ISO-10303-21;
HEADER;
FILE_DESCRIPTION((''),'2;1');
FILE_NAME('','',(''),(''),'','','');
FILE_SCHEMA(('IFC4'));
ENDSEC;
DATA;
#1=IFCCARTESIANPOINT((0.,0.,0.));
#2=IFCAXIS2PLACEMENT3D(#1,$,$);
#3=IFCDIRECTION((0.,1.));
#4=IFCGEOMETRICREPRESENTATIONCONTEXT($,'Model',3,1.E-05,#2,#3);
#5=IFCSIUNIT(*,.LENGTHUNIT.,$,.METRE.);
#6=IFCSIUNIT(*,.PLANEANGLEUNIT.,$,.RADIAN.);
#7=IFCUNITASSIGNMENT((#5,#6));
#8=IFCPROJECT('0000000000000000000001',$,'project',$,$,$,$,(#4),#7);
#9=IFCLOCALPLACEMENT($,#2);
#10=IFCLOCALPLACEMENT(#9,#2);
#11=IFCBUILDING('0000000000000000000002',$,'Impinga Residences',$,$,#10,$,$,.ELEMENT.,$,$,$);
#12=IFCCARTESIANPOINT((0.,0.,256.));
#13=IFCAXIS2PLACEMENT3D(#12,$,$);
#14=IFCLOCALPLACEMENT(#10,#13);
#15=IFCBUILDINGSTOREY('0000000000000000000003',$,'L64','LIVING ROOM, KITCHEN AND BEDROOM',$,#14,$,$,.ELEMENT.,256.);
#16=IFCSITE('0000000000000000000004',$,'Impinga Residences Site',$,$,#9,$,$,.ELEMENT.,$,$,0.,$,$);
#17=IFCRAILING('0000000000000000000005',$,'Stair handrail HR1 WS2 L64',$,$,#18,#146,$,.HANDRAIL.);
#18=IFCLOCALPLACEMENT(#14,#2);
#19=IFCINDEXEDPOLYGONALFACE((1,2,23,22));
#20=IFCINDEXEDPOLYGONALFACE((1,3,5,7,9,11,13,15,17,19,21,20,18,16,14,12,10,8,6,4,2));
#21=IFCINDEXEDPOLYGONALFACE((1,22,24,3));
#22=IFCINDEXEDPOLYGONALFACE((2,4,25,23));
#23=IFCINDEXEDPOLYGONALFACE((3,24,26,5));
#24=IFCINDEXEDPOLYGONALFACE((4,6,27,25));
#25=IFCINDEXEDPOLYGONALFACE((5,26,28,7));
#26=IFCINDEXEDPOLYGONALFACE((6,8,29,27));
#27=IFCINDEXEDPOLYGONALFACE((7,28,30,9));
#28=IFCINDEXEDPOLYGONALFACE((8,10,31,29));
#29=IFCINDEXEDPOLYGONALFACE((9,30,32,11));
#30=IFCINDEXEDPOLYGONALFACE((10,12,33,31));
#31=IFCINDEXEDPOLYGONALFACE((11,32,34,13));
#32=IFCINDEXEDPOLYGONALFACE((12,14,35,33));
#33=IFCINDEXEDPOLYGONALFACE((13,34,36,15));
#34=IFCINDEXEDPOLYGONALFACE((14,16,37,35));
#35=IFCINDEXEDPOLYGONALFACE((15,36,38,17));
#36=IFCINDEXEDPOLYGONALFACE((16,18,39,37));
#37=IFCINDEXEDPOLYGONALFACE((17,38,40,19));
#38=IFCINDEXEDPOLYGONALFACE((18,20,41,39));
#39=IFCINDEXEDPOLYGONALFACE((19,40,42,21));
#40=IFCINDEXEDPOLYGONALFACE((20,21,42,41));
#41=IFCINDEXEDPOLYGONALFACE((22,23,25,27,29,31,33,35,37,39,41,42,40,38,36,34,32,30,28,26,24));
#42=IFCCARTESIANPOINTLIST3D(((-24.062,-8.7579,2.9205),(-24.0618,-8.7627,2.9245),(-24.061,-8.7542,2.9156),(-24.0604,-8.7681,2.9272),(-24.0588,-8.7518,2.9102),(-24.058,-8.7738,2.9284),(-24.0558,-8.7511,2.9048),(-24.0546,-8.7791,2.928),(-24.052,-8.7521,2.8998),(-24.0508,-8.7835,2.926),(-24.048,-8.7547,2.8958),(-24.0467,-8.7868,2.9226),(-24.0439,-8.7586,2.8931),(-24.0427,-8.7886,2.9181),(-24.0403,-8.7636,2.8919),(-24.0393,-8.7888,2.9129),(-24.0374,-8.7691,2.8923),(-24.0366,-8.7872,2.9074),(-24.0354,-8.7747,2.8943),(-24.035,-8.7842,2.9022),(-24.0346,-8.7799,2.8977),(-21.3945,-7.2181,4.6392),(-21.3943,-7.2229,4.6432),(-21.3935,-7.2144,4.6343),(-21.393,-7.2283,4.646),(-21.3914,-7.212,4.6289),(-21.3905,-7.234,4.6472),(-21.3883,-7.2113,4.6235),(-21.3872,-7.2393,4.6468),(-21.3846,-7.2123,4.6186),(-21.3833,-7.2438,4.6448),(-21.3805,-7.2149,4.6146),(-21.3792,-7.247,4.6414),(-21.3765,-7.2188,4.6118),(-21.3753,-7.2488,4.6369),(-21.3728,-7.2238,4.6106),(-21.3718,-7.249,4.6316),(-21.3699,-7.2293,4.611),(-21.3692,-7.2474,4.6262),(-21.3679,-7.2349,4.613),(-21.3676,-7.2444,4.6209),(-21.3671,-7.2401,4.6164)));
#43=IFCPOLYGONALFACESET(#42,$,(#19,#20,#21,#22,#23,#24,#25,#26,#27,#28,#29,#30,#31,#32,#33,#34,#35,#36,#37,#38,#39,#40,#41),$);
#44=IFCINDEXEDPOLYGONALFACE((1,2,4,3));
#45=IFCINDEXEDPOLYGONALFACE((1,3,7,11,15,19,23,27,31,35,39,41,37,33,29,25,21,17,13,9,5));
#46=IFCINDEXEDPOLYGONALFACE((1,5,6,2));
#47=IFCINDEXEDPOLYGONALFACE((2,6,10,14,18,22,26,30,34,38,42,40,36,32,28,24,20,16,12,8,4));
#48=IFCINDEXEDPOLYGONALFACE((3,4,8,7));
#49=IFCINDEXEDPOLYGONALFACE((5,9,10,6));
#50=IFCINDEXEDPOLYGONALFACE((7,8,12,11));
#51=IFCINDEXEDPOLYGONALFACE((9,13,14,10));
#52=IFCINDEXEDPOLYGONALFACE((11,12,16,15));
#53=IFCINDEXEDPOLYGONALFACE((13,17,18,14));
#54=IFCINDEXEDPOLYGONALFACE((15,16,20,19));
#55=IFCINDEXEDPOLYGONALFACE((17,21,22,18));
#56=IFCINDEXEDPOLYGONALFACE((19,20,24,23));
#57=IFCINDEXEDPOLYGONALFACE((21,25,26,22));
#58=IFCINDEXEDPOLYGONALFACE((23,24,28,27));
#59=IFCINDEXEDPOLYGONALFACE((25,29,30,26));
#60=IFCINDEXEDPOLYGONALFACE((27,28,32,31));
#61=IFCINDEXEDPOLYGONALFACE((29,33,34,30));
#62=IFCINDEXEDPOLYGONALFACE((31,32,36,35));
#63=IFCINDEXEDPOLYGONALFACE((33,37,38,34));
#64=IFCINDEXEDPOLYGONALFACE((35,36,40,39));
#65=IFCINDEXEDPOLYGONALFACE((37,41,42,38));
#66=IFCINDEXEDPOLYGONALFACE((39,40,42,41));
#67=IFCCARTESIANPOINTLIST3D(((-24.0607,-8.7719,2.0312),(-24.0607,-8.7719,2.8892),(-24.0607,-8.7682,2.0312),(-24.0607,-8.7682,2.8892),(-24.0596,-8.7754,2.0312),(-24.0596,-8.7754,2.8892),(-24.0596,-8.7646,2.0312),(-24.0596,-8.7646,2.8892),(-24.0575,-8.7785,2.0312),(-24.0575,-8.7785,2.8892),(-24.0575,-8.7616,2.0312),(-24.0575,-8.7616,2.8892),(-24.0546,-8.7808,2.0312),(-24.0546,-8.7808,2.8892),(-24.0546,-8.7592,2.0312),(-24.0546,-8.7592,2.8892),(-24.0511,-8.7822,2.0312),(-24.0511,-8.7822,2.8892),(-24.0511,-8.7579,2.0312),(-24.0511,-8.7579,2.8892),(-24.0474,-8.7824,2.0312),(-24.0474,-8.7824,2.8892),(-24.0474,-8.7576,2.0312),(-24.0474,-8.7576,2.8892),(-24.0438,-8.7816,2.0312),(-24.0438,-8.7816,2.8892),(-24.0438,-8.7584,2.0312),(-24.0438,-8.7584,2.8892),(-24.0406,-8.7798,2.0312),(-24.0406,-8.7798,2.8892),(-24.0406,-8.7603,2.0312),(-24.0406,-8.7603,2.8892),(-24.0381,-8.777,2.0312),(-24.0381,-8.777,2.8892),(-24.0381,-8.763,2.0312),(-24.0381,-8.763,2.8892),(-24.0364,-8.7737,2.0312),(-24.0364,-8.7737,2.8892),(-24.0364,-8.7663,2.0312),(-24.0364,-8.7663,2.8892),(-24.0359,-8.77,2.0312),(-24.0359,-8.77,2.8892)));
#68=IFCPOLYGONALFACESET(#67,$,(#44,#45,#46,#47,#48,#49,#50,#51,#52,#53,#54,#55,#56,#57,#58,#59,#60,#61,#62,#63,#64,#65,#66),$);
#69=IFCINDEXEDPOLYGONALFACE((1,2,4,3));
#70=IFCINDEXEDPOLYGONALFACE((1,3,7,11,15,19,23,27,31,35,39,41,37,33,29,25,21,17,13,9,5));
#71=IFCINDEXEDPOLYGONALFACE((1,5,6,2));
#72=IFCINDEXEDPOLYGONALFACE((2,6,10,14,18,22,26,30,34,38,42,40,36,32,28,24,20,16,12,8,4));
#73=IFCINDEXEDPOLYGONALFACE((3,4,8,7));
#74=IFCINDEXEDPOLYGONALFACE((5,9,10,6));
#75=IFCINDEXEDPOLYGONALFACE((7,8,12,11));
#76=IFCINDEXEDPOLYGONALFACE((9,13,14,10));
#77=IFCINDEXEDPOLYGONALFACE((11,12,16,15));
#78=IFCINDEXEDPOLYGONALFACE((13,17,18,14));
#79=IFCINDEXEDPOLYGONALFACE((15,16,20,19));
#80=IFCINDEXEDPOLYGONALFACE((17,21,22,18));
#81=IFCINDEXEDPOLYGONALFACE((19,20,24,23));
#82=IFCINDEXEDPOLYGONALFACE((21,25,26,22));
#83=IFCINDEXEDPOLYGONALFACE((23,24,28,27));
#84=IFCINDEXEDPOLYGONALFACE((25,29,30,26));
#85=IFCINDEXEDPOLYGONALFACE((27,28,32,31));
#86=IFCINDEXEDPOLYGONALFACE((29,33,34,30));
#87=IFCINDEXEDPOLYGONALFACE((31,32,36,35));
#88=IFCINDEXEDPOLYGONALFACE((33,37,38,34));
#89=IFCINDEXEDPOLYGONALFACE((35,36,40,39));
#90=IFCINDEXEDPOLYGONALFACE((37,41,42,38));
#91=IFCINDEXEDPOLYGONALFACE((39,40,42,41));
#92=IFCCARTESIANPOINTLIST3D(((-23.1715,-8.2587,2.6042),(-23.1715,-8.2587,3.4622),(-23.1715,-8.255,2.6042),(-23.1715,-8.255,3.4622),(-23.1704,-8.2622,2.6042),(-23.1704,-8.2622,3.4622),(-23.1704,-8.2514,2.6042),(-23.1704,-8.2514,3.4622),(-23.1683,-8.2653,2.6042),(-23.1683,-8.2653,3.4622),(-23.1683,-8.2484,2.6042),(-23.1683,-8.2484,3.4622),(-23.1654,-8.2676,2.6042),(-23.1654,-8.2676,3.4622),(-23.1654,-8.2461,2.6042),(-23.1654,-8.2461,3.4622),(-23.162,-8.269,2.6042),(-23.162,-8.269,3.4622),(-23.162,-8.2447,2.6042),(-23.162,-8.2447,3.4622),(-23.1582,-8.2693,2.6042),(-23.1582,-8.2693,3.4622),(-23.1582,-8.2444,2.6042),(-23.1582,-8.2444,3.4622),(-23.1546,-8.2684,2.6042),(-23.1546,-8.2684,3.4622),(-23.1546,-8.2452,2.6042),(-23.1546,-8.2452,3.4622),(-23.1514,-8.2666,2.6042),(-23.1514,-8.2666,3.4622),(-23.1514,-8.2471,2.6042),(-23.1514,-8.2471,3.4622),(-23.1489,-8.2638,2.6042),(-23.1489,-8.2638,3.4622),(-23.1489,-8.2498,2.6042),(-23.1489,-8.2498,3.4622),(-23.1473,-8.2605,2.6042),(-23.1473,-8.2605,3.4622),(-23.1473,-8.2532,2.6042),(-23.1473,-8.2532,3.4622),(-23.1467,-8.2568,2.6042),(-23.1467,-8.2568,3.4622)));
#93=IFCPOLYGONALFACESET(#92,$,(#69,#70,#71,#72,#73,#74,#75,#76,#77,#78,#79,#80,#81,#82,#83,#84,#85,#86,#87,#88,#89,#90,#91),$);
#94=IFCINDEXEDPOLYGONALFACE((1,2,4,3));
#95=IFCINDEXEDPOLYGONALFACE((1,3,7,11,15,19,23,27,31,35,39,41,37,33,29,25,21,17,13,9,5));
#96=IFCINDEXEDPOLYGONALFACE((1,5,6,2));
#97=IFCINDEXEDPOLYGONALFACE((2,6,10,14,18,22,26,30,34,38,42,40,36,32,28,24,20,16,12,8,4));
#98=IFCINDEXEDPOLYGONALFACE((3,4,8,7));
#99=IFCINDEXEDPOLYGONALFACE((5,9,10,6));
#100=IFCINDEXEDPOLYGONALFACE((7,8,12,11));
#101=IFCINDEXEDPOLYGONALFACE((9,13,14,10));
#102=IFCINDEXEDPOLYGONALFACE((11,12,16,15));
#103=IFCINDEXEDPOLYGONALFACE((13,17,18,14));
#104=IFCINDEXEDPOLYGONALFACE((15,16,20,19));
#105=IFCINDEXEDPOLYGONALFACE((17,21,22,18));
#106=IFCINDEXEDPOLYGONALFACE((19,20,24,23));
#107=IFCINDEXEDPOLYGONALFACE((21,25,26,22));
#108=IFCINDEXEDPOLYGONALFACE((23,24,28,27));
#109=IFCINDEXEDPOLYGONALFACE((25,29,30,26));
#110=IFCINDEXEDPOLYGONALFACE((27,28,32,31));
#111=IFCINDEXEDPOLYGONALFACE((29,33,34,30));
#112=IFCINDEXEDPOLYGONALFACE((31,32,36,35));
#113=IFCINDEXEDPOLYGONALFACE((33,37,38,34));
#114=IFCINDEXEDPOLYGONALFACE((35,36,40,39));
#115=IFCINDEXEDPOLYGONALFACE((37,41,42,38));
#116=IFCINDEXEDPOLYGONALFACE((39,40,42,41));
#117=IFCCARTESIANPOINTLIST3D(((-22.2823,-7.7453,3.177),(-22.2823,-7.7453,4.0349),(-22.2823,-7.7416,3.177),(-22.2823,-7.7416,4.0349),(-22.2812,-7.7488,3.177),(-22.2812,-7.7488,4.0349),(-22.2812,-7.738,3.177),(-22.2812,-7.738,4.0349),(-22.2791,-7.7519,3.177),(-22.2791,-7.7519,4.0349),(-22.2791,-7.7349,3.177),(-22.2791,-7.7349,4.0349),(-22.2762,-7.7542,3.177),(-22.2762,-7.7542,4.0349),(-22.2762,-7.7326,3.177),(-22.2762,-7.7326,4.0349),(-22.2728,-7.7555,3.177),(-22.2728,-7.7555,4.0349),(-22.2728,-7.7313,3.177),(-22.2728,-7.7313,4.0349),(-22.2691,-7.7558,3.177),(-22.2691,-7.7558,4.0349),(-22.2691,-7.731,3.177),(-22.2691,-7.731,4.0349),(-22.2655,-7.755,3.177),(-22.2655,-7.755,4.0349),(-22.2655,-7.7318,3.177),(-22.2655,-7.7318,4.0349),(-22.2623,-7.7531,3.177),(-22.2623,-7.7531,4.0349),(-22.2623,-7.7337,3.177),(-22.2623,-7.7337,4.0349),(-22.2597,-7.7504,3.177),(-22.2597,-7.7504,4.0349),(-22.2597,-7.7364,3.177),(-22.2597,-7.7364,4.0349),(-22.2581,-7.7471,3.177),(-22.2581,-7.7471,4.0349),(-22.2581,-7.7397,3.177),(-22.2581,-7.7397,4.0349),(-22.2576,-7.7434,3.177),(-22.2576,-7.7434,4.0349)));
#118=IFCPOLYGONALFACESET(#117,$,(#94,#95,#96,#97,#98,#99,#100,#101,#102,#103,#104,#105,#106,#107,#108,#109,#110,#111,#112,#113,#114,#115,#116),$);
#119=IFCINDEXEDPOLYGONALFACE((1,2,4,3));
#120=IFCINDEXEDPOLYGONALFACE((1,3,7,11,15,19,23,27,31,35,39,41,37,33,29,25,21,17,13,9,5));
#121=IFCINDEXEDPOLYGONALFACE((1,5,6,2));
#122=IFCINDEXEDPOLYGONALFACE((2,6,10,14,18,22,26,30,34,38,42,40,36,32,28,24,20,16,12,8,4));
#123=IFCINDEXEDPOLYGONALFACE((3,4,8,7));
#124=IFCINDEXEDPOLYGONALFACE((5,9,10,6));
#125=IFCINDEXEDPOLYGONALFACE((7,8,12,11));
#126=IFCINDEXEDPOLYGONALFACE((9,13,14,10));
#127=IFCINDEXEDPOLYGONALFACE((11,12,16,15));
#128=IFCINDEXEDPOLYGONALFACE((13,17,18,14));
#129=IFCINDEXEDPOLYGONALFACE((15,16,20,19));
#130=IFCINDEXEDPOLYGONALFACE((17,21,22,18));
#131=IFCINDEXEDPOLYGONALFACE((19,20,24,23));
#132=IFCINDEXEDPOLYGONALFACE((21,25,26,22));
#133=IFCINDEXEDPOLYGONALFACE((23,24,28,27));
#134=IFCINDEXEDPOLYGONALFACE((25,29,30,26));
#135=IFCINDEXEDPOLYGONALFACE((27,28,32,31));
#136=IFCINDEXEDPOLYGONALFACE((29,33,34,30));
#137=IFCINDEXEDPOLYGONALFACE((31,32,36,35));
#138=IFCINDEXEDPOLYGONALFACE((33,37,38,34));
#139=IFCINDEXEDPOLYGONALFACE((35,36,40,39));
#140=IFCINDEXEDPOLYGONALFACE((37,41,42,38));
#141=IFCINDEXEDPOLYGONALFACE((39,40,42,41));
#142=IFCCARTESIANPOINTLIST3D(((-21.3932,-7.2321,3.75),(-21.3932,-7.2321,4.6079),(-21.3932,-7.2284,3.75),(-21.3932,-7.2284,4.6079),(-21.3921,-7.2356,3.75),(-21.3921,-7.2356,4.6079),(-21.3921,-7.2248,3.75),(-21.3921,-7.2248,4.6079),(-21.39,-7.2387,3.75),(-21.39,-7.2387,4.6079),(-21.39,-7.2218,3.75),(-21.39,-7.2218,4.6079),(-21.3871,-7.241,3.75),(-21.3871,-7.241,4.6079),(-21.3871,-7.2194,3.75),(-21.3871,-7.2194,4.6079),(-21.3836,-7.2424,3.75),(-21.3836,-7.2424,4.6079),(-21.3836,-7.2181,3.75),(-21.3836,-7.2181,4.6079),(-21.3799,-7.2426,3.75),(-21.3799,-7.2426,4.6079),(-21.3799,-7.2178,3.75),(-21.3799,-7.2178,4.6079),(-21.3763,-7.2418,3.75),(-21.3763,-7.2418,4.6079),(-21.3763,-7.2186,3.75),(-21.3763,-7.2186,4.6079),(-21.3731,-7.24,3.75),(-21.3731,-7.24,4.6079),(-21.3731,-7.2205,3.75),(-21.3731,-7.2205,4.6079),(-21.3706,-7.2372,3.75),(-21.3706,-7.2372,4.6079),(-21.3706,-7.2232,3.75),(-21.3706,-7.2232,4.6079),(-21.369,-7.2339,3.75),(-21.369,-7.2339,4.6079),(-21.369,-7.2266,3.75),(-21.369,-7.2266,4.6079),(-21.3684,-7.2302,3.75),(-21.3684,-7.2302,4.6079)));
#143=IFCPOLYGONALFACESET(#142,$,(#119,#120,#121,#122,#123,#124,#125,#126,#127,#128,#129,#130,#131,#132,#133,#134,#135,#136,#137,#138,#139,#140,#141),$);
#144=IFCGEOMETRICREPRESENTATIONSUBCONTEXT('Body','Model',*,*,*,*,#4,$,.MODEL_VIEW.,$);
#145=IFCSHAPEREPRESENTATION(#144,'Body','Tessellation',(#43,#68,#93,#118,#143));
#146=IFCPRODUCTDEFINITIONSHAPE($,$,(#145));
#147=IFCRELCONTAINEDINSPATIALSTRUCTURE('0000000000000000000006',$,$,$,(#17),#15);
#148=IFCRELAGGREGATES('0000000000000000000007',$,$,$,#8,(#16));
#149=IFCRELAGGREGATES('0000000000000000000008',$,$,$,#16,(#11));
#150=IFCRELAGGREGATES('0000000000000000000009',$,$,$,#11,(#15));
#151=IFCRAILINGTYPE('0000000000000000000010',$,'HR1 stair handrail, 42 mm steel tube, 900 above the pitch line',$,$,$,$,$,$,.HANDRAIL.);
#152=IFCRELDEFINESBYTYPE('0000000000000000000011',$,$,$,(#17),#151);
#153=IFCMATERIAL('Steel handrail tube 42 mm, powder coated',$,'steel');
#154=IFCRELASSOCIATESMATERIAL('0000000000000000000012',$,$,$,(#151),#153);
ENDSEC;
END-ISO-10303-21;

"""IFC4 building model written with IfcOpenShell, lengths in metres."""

from ifc_helpers import new_model, si_unit, direction, frame, origin, origin_2d, place, context, subcontext, project, spatial, circle, extrude, material, type_object, element, save


model = new_model("IFC4")

# Units and contexts
model_context = context("Model", 3, precision=1e-05, world=origin(), true_north=direction((0.0, 1.0)))
body_context = subcontext(model_context, "Body", "Model", "MODEL_VIEW")
ifc_project = project(units=[si_unit("LENGTHUNIT", "METRE"), si_unit("PLANEANGLEUNIT", "RADIAN")], contexts=[model_context])

# Site, building, storey
site_placement = place(None, origin())
site = spatial("IfcSite", under=ifc_project, at=site_placement, Name="Impinga Residences Site", CompositionType="ELEMENT", RefElevation=0.0)
building_placement = place(site_placement, origin())
building = spatial("IfcBuilding", under=site, at=building_placement, Name="Impinga Residences", CompositionType="ELEMENT")
storey_placement = place(building_placement, frame((0.0, 0.0, 256.0)))
storey = spatial("IfcBuildingStorey", under=building, at=storey_placement, Name="L64", Description="LIVING ROOM, KITCHEN AND BEDROOM", CompositionType="ELEMENT", Elevation=256.0)

# Railing
ifc_material_1 = material(Name="Steel handrail tube 42 mm, powder coated", Category="steel")
railing_type = type_object("IfcRailingType", Name="HR1 stair handrail, 42 mm steel tube, 900 above the pitch line", PredefinedType="HANDRAIL", material=ifc_material_1)
railing_1_placement = place(storey_placement, frame((-24.0483, -8.77, 2.0312)))
element("IfcRailing", 1, at=railing_1_placement, inside=storey, type_object=railing_type, Name="Stair handrail HR1 WS2 L64", PredefinedType="HANDRAIL", context=body_context, shape_type="SweptSolid", body=[
    extrude(circle(Radius=0.021, at=origin_2d()), frame((0.0, 0.0, 0.8789), z_axis=(0.756279, 0.43656, 0.487297), x_axis=(-0.499933, 0.866064, 0.0)), (0.0, 0.0, 1.0), 3.5271),
    extrude(circle(Radius=0.0125, at=origin_2d()), origin(), (0.0, 0.0, 1.0), 0.8579),
    extrude(circle(Radius=0.0125, at=origin_2d()), frame((0.8892, 0.5132, 0.573)), (0.0, 0.0, 1.0), 0.8579),
    extrude(circle(Radius=0.0125, at=origin_2d()), frame((1.7783, 1.0266, 1.1458)), (0.0, 0.0, 1.0), 0.8579),
    extrude(circle(Radius=0.0125, at=origin_2d()), frame((2.6675, 1.5398, 1.7188)), (0.0, 0.0, 1.0), 0.8579),
])

save(model, "model.ifc")
